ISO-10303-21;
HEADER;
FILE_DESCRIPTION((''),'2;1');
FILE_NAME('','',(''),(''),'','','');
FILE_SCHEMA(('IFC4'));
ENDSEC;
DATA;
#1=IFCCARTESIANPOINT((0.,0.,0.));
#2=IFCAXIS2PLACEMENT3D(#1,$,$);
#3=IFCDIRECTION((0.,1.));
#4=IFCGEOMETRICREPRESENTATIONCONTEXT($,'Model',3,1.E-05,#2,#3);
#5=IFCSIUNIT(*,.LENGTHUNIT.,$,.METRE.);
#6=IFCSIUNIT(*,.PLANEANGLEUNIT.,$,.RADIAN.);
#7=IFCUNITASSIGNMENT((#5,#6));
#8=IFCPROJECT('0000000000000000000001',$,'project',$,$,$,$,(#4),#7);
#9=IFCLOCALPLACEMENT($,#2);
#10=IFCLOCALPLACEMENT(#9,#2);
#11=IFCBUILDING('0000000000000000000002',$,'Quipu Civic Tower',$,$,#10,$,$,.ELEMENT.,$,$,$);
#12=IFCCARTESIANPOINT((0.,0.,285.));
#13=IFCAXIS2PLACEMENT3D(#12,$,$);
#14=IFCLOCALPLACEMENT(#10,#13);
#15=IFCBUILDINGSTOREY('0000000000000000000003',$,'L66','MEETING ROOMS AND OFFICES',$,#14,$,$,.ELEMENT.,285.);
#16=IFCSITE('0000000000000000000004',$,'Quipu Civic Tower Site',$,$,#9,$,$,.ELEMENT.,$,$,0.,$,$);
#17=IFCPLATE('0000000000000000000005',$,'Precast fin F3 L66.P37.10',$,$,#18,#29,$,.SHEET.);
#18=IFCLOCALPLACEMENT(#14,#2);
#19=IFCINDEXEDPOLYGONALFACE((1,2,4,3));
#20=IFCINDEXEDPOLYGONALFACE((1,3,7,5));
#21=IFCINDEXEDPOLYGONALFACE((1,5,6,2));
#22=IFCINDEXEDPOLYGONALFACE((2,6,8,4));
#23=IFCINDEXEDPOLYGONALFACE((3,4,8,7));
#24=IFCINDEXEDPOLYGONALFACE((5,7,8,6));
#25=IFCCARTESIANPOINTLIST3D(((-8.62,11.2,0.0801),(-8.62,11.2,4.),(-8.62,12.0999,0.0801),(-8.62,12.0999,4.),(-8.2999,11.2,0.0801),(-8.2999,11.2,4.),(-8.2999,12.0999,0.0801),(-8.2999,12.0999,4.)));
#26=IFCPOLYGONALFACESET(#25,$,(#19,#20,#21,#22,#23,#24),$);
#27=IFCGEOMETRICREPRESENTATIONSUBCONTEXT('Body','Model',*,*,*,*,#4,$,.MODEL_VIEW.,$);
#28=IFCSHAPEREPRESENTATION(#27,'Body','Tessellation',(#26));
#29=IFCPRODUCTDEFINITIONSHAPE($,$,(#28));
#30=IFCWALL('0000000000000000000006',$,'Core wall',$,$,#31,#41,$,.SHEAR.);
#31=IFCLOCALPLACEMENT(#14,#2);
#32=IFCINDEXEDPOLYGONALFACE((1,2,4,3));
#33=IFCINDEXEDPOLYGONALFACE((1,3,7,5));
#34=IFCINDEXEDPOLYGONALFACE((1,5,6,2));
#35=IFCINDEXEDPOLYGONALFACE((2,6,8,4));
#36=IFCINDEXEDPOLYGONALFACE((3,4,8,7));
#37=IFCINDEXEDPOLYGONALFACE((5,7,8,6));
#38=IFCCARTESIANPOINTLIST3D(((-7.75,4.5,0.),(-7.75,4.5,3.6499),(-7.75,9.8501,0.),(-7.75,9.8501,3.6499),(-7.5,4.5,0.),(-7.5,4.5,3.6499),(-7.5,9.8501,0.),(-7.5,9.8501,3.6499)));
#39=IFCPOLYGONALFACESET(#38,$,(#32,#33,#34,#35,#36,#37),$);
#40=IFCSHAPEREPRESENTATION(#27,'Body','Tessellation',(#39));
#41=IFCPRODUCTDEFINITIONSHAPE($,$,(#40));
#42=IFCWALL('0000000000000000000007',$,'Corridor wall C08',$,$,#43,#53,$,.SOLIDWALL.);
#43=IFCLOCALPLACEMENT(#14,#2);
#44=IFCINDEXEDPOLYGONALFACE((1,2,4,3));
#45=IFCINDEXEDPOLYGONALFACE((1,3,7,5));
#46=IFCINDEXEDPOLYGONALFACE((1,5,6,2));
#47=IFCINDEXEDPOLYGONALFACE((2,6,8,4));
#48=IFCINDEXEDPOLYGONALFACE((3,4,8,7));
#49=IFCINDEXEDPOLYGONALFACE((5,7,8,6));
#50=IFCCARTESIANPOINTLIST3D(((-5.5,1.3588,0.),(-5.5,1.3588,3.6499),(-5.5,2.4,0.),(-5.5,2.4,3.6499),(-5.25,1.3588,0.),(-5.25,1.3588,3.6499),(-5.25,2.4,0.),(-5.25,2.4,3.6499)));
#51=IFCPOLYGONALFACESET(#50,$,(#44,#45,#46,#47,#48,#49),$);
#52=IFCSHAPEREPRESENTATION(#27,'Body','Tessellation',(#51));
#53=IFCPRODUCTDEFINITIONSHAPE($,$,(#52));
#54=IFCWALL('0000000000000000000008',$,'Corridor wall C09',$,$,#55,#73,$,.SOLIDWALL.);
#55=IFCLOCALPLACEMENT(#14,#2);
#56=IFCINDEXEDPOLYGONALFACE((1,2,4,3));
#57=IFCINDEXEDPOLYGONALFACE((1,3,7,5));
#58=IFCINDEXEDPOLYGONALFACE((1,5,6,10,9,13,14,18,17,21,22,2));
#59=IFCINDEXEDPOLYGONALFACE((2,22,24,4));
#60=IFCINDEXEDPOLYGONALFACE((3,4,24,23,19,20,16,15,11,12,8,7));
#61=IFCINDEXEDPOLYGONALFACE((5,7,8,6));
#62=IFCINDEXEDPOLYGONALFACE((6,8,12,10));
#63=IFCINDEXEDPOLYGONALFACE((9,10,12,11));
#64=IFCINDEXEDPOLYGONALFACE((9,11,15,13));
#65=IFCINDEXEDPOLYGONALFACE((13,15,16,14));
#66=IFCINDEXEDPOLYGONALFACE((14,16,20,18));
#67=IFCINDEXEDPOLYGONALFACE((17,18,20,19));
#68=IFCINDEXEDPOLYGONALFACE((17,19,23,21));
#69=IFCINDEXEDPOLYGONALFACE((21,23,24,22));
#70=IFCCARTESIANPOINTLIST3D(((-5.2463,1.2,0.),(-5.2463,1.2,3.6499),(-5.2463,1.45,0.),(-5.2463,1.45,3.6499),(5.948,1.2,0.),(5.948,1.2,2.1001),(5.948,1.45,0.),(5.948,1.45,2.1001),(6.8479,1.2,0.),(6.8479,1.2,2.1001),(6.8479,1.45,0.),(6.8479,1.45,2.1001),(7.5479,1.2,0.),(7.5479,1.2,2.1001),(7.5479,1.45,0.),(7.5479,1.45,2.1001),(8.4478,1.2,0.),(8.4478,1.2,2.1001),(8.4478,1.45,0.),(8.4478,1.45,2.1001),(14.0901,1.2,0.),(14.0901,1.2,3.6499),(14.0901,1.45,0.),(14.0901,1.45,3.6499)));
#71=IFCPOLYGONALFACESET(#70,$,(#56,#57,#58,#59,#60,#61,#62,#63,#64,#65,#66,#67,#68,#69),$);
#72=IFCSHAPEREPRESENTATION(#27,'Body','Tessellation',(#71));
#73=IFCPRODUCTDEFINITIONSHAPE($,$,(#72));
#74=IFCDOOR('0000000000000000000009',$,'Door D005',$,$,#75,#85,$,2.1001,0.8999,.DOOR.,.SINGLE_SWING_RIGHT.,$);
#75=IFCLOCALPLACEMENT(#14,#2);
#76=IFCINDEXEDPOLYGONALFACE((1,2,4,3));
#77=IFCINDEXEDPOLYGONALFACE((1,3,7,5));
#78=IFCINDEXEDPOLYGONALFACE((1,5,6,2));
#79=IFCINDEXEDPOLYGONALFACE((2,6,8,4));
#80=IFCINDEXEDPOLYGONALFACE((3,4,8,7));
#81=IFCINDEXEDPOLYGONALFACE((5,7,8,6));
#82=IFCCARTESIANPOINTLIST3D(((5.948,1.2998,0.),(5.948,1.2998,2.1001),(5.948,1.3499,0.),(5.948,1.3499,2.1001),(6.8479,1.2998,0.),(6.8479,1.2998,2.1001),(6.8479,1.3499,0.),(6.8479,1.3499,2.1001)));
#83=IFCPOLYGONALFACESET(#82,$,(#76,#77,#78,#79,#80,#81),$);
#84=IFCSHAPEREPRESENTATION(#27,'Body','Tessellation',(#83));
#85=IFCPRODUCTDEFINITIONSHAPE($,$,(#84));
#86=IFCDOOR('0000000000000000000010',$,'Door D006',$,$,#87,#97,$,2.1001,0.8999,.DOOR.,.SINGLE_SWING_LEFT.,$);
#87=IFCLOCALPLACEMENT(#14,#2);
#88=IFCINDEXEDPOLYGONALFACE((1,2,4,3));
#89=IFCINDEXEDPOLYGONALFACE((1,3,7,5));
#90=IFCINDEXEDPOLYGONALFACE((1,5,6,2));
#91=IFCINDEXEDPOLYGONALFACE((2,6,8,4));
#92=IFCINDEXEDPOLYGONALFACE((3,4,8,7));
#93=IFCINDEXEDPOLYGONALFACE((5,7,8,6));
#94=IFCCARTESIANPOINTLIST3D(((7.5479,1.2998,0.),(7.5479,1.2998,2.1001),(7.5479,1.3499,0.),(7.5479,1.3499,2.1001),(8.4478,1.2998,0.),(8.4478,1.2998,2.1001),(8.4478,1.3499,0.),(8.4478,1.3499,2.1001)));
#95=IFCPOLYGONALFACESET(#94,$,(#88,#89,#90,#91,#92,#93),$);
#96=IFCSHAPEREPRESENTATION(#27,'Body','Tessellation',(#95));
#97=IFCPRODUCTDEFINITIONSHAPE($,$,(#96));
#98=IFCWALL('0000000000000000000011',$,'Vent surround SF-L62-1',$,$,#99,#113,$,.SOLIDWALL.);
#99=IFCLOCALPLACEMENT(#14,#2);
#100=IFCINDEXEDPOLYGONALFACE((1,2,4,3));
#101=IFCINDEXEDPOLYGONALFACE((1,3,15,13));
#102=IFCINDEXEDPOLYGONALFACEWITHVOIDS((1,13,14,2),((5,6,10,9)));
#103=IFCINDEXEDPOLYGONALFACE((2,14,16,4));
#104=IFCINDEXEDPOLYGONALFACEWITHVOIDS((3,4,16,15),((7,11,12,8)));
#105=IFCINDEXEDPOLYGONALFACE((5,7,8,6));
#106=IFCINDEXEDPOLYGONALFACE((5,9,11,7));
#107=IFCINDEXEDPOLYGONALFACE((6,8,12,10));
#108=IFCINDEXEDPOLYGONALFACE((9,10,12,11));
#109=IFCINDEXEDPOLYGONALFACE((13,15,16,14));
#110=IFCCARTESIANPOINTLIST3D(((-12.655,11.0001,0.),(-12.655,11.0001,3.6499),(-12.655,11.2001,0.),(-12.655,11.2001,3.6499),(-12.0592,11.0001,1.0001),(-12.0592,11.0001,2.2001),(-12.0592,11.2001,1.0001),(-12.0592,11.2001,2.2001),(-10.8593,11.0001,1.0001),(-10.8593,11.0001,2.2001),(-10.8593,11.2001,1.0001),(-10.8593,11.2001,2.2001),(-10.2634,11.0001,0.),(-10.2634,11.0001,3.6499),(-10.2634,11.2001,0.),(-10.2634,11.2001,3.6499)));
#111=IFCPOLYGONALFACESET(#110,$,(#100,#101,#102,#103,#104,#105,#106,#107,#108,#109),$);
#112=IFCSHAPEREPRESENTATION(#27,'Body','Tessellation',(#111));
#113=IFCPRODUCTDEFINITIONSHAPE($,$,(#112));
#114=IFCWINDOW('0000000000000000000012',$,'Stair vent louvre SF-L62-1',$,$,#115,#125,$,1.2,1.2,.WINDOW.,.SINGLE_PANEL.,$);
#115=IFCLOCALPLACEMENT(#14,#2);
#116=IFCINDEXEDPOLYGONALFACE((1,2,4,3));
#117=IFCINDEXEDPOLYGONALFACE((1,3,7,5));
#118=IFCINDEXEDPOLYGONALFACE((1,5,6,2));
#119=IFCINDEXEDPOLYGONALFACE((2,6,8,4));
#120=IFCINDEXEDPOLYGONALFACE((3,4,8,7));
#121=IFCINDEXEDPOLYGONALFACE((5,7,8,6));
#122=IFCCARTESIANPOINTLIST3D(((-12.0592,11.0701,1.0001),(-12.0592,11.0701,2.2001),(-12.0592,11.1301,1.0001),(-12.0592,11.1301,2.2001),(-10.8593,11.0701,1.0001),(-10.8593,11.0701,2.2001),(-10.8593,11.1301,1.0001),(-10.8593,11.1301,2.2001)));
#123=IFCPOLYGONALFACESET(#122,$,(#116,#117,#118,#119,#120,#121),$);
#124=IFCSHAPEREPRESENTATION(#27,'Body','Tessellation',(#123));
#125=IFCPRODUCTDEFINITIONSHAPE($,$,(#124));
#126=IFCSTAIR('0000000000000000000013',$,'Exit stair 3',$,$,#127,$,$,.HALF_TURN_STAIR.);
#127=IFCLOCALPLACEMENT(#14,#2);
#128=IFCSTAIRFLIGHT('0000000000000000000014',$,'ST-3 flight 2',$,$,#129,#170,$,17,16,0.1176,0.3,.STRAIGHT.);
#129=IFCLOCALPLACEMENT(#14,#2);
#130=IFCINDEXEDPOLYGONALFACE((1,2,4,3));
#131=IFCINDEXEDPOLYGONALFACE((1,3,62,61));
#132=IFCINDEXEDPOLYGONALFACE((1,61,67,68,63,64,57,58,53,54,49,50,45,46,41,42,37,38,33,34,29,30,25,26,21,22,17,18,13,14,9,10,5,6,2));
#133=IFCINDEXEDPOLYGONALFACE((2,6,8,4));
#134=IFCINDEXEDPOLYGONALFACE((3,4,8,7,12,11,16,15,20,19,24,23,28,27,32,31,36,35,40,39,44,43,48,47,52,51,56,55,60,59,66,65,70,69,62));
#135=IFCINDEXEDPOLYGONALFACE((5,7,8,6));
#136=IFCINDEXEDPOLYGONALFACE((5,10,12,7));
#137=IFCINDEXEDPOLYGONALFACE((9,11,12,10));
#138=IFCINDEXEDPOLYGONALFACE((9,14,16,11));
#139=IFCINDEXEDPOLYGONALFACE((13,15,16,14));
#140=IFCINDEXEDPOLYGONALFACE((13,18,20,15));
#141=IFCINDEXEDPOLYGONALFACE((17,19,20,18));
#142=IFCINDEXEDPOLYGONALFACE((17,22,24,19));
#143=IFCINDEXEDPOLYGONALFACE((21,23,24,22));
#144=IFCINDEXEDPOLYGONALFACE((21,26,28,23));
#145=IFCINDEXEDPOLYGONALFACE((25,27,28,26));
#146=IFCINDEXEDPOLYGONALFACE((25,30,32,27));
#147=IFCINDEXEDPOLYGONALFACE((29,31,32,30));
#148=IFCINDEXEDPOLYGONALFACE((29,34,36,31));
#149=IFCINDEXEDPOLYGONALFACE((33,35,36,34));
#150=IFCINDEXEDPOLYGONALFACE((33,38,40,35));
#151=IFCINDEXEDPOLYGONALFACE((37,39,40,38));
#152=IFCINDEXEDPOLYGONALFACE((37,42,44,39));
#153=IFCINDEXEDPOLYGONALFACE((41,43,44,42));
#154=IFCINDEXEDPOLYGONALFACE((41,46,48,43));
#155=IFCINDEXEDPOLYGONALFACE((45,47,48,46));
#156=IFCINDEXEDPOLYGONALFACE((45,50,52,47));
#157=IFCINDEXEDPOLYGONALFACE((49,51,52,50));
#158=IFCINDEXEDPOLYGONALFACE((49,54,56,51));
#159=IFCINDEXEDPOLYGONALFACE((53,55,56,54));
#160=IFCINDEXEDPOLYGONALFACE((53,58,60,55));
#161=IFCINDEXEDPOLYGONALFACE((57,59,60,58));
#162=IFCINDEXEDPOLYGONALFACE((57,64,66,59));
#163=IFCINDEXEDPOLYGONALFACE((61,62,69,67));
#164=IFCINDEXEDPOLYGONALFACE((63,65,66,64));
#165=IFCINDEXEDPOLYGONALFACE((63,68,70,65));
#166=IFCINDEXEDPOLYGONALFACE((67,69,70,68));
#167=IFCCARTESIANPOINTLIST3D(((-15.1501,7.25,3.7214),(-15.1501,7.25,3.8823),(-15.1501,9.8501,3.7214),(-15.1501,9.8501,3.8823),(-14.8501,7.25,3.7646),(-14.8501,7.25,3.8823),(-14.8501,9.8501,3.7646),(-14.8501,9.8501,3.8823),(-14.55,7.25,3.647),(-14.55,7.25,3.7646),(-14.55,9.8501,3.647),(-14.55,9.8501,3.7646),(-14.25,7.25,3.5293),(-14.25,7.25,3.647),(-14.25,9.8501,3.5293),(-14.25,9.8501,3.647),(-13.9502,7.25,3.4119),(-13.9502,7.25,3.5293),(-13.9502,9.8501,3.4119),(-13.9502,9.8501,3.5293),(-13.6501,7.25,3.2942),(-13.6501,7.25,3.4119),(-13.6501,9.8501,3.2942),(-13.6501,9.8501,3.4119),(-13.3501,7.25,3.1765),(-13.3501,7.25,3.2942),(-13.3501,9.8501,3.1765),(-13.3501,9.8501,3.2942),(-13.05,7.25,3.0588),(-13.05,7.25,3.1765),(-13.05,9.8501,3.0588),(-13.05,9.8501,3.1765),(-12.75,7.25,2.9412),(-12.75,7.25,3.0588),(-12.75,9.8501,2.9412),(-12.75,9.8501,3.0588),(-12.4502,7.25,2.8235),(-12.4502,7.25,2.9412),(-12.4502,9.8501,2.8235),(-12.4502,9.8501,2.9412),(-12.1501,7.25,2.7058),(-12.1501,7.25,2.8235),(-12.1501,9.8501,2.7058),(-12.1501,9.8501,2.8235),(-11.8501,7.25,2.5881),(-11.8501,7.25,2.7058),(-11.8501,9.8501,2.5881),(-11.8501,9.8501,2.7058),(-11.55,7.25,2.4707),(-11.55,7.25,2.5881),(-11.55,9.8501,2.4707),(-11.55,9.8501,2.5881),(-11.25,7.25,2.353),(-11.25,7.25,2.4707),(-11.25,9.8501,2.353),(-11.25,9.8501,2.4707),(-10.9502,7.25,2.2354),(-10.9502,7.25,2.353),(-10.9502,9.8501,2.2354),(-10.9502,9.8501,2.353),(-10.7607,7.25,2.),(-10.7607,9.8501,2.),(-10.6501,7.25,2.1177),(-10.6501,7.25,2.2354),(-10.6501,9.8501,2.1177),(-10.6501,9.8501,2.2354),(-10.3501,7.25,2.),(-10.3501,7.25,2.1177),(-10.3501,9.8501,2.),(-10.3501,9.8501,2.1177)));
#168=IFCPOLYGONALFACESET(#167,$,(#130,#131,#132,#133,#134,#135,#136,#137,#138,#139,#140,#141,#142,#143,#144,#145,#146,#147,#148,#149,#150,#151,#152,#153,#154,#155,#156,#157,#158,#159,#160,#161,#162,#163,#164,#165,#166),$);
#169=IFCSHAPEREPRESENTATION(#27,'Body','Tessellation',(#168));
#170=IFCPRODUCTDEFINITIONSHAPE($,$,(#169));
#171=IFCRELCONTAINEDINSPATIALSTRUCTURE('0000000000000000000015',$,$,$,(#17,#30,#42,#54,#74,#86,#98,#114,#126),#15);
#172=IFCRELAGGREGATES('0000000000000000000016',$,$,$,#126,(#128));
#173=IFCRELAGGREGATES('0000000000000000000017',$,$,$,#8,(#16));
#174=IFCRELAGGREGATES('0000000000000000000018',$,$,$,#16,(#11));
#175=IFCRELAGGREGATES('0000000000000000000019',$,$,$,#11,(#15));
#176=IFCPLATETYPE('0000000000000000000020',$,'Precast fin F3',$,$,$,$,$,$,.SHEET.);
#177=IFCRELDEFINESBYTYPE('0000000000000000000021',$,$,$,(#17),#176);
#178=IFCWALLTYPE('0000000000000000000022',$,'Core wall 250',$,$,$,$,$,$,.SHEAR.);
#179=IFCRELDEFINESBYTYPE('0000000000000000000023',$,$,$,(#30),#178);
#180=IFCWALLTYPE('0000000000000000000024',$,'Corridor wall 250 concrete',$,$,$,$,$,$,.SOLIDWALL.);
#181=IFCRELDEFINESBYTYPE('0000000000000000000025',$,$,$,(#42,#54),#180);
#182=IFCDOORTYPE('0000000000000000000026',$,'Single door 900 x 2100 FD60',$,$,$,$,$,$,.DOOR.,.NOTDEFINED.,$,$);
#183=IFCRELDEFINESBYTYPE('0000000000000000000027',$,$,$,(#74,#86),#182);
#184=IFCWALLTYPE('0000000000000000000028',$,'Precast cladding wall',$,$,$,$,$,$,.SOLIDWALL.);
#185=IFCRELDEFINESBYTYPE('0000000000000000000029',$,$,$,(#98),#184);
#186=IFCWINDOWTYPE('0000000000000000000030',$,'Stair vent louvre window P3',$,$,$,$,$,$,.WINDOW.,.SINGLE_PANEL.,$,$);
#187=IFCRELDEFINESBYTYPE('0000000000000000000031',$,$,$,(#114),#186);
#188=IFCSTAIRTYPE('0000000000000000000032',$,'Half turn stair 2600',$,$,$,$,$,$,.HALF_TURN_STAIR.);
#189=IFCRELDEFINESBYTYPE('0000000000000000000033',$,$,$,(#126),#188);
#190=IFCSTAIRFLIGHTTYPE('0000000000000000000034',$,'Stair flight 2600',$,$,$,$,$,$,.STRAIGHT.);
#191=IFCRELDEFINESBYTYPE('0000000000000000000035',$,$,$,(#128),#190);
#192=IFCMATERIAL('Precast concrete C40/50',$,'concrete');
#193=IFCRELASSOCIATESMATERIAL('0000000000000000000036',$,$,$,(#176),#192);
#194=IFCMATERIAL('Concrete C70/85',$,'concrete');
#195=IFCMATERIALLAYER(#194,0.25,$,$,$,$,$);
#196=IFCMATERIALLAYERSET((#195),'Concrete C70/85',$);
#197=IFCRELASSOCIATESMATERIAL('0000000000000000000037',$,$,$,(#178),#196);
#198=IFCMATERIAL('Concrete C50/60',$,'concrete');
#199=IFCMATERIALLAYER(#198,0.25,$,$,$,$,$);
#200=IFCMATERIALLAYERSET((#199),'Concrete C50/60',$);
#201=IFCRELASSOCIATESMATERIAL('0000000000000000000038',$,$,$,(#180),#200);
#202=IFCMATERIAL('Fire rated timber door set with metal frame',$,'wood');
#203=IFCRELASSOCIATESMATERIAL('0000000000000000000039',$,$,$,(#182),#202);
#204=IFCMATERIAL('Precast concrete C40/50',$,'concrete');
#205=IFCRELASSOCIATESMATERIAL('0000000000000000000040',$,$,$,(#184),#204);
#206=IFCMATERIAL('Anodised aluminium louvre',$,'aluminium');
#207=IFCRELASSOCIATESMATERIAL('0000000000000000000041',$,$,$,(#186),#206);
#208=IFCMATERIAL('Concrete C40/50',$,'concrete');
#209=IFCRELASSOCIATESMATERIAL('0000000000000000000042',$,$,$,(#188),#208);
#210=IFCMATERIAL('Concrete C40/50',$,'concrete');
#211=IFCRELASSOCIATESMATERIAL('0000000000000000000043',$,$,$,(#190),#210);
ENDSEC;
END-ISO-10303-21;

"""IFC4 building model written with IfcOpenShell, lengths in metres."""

from ifc_helpers import new_model, si_unit, direction, frame, frame_2d, origin, origin_2d, place, context, subcontext, project, spatial, polyline, rectangle, outline, extrude, material, layer, layer_set, type_object, element, fill, aggregate, save


model = new_model("IFC4")

# Units and contexts
model_context = context("Model", 3, precision=1e-05, world=origin(), true_north=direction((0.0, 1.0)))
body_context = subcontext(model_context, "Body", "Model", "MODEL_VIEW")
ifc_project = project(units=[si_unit("LENGTHUNIT", "METRE"), si_unit("PLANEANGLEUNIT", "RADIAN")], contexts=[model_context])

# Site, building, storey
site_placement = place(None, origin())
site = spatial("IfcSite", under=ifc_project, at=site_placement, Name="Quipu Civic Tower Site", CompositionType="ELEMENT", RefElevation=0.0)
building_placement = place(site_placement, origin())
building = spatial("IfcBuilding", under=site, at=building_placement, Name="Quipu Civic Tower", CompositionType="ELEMENT")
storey_placement = place(building_placement, frame((0.0, 0.0, 285.0)))
storey = spatial("IfcBuildingStorey", under=building, at=storey_placement, Name="L66", Description="MEETING ROOMS AND OFFICES", CompositionType="ELEMENT", Elevation=285.0)

# Plate
ifc_material_1 = material(Name="Precast concrete C40/50", Category="concrete")
plate_type_1 = type_object("IfcPlateType", Name="Precast fin F3", PredefinedType="SHEET", material=ifc_material_1)
for number, where, z_axis, x_axis, name in (
    (1, (-8.46, 11.6499, 0.0801), (0.0, 0.0, 1.0), (-1.0, 0.0, 0.0), "Precast fin F3 L66.P37.10"),
):
    element("IfcPlate", number, at=place(storey_placement, frame(where, z_axis=z_axis, x_axis=x_axis)), inside=storey, type_object=plate_type_1, Name=name, PredefinedType="SHEET", context=body_context, shape_type="SweptSolid", body=[
        extrude(rectangle(XDim=0.3201, YDim=0.8999, at=origin_2d()), origin(), (0.0, 0.0, 1.0), 3.9199),
    ])

# Walls
ifc_material_2 = material(Name="Concrete C70/85", Category="concrete")
ifc_layer_1 = layer(ifc_material_2, 0.25)
ifc_layer_set_1 = layer_set([ifc_layer_1], Name="Concrete C70/85")
wall_type_1 = type_object("IfcWallType", Name="Core wall 250", PredefinedType="SHEAR", material=ifc_layer_set_1)
wall_1_placement = place(storey_placement, frame((-7.625, 4.5, 0.0), z_axis=(0.0, 0.0, 1.0), x_axis=(0.0, 1.0, 0.0)))
element("IfcWall", 2, at=wall_1_placement, inside=storey, type_object=wall_type_1, Name="Core wall", PredefinedType="SHEAR", context=body_context, shape_type="SweptSolid", body=[
    extrude(rectangle(XDim=5.3501, YDim=0.25, at=frame_2d((2.675, 0.0))), origin(), (0.0, 0.0, 1.0), 3.6499),
])
ifc_material_3 = material(Name="Concrete C50/60", Category="concrete")
ifc_layer_2 = layer(ifc_material_3, 0.25)
ifc_layer_set_2 = layer_set([ifc_layer_2], Name="Concrete C50/60")
wall_type_2 = type_object("IfcWallType", Name="Corridor wall 250 concrete", PredefinedType="SOLIDWALL", material=ifc_layer_set_2)
wall_2_placement = place(storey_placement, frame((-5.375, 2.3999, 0.0), z_axis=(0.0, 0.0, 1.0), x_axis=(0.0, -1.0, 0.0)))
element("IfcWall", 3, at=wall_2_placement, inside=storey, type_object=wall_type_2, Name="Corridor wall C08", PredefinedType="SOLIDWALL", context=body_context, shape_type="SweptSolid", body=[
    extrude(rectangle(XDim=1.0413, YDim=0.25, at=frame_2d((0.5205, 0.0))), origin(), (0.0, 0.0, 1.0), 3.6499),
])

# Wall, openings, doors
wall_3_placement = place(storey_placement, frame((-5.2463, 1.325, 0.0), z_axis=(0.0, 0.0, 1.0), x_axis=(1.0, 0.0, 0.0)))
wall_3 = element("IfcWall", 4, at=wall_3_placement, inside=storey, type_object=wall_type_2, Name="Corridor wall C09", PredefinedType="SOLIDWALL", context=body_context, shape_type="SweptSolid", body=[
    extrude(rectangle(XDim=19.3364, YDim=0.25, at=frame_2d((9.6682, 0.0))), origin(), (0.0, 0.0, 1.0), 3.6499),
])
opening_1_placement = place(wall_3_placement, frame((11.1943, 0.0, 0.0)))
opening_1 = element("IfcOpeningElement", 5, at=opening_1_placement, cuts=wall_3, PredefinedType="OPENING", context=body_context, shape_type="SweptSolid", body=[
    extrude(rectangle(XDim=0.8999, YDim=2.1001, at=frame_2d((0.45, 1.05))), frame((0.0, 0.135, 0.0), z_axis=(0.0, -1.0, 0.0), x_axis=(1.0, 0.0, 0.0)), (0.0, 0.0, 1.0), 0.27),
])
opening_2_placement = place(wall_3_placement, frame((12.7942, 0.0, 0.0)))
opening_2 = element("IfcOpeningElement", 6, at=opening_2_placement, cuts=wall_3, PredefinedType="OPENING", context=body_context, shape_type="SweptSolid", body=[
    extrude(rectangle(XDim=0.8999, YDim=2.1001, at=frame_2d((0.45, 1.05))), frame((0.0, 0.135, 0.0), z_axis=(0.0, -1.0, 0.0), x_axis=(1.0, 0.0, 0.0)), (0.0, 0.0, 1.0), 0.27),
])
ifc_material_4 = material(Name="Fire rated timber door set with metal frame", Category="wood")
door_type = type_object("IfcDoorType", Name="Single door 900 x 2100 FD60", OperationType="NOTDEFINED", PredefinedType="DOOR", material=ifc_material_4)
door_1_placement = place(opening_1_placement, origin())
door_1 = element("IfcDoor", 7, at=door_1_placement, inside=storey, type_object=door_type, Name="Door D005", OperationType="SINGLE_SWING_RIGHT", OverallHeight=2.1001, OverallWidth=0.8999, PredefinedType="DOOR", context=body_context, shape_type="SweptSolid", body=[
    extrude(rectangle(XDim=0.8999, YDim=2.1001, at=frame_2d((0.45, 1.05))), frame((0.0, 0.0249, 0.0), z_axis=(0.0, -1.0, 0.0), x_axis=(1.0, 0.0, 0.0)), (0.0, 0.0, 1.0), 0.05),
])
fill(opening_1, door_1)
door_2_placement = place(opening_2_placement, origin())
door_2 = element("IfcDoor", 8, at=door_2_placement, inside=storey, type_object=door_type, Name="Door D006", OperationType="SINGLE_SWING_LEFT", OverallHeight=2.1001, OverallWidth=0.8999, PredefinedType="DOOR", context=body_context, shape_type="SweptSolid", body=[
    extrude(rectangle(XDim=0.8999, YDim=2.1001, at=frame_2d((0.45, 1.05))), frame((0.0, 0.0249, 0.0), z_axis=(0.0, -1.0, 0.0), x_axis=(1.0, 0.0, 0.0)), (0.0, 0.0, 1.0), 0.05),
])
fill(opening_2, door_2)

# Wall, opening, window
ifc_material_5 = material(Name="Precast concrete C40/50", Category="concrete")
wall_type_3 = type_object("IfcWallType", Name="Precast cladding wall", PredefinedType="SOLIDWALL", material=ifc_material_5)
wall_4_placement = place(storey_placement, frame((-10.2634, 11.1001, 0.0), z_axis=(0.0, 0.0, 1.0), x_axis=(-1.0, 0.0, 0.0)))
wall_4 = element("IfcWall", 9, at=wall_4_placement, inside=storey, type_object=wall_type_3, Name="Vent surround SF-L62-1", PredefinedType="SOLIDWALL", context=body_context, shape_type="SweptSolid", body=[
    extrude(rectangle(XDim=2.3916, YDim=0.2, at=frame_2d((1.1958, 0.0))), origin(), (0.0, 0.0, 1.0), 3.6499),
])
opening_3_placement = place(wall_4_placement, frame((0.5957, 0.0, 1.0)))
opening_3 = element("IfcOpeningElement", 10, at=opening_3_placement, cuts=wall_4, PredefinedType="OPENING", context=body_context, shape_type="SweptSolid", body=[
    extrude(rectangle(XDim=1.2, YDim=1.2, at=frame_2d((0.6001, 0.6001))), frame((0.0, 0.1099, 0.0), z_axis=(0.0, -1.0, 0.0), x_axis=(1.0, 0.0, 0.0)), (0.0, 0.0, 1.0), 0.22),
])
ifc_material_6 = material(Name="Anodised aluminium louvre", Category="aluminium")
window_type = type_object("IfcWindowType", Name="Stair vent louvre window P3", PartitioningType="SINGLE_PANEL", PredefinedType="WINDOW", material=ifc_material_6)
window_placement = place(opening_3_placement, origin())
window = element("IfcWindow", 11, at=window_placement, inside=storey, type_object=window_type, Name="Stair vent louvre SF-L62-1", OverallHeight=1.2, OverallWidth=1.2, PartitioningType="SINGLE_PANEL", PredefinedType="WINDOW", context=body_context, shape_type="SweptSolid", body=[
    extrude(rectangle(XDim=1.2, YDim=1.2, at=frame_2d((0.6001, 0.6001))), frame((0.0, 0.03, 0.0), z_axis=(0.0, -1.0, 0.0), x_axis=(1.0, 0.0, 0.0)), (0.0, 0.0, 1.0), 0.0601),
])
fill(opening_3, window)

# Stair, stair flight
ifc_material_7 = material(Name="Concrete C40/50", Category="concrete")
stair_type = type_object("IfcStairType", Name="Half turn stair 2600", PredefinedType="HALF_TURN_STAIR", material=ifc_material_7)
stair_placement = place(storey_placement, origin())
stair = element("IfcStair", 12, at=stair_placement, inside=storey, type_object=stair_type, Name="Exit stair 3", PredefinedType="HALF_TURN_STAIR")
ifc_material_8 = material(Name="Concrete C40/50", Category="concrete")
stair_flight_type = type_object("IfcStairFlightType", Name="Stair flight 2600", PredefinedType="STRAIGHT", material=ifc_material_8)
stair_flight_placement = place(storey_placement, frame((-10.3501, 8.55, 2.0), z_axis=(0.0, 0.0, 1.0), x_axis=(-1.0, 0.0, 0.0)))
stair_flight = element("IfcStairFlight", 13, at=stair_flight_placement, type_object=stair_flight_type, Name="ST-3 flight 2", NumberOfRisers=17, NumberOfTreads=16, PredefinedType="STRAIGHT", RiserHeight=0.1176, TreadLength=0.3, context=body_context, shape_type="SweptSolid", body=[
    extrude(outline(polyline([(0.0, 0.0), (0.0, 0.1177), (0.3, 0.1177), (0.3, 0.2354), (0.6001, 0.2354), (0.6001, 0.353), (0.8999, 0.353), (0.8999, 0.4707), (1.2, 0.4707), (1.2, 0.5881), (1.5, 0.5881), (1.5, 0.7058), (1.8, 0.7058), (1.8, 0.8235), (2.1001, 0.8235), (2.1001, 0.9412), (2.3999, 0.9412), (2.3999, 1.0588), (2.7, 1.0588), (2.7, 1.1765), (3.0, 1.1765), (3.0, 1.2942), (3.3, 1.2942), (3.3, 1.4119), (3.6001, 1.4119), (3.6001, 1.5293), (3.8999, 1.5293), (3.8999, 1.647), (4.2, 1.647), (4.2, 1.7646), (4.5, 1.7646), (4.5, 1.8823), (4.8, 1.8823), (4.8, 2.0), (4.8, 1.7214), (0.4106, 0.0), (0.0, 0.0)])), frame((0.0, 1.3, 0.0), z_axis=(0.0, -1.0, 0.0), x_axis=(1.0, 0.0, 0.0)), (0.0, 0.0, 1.0), 2.6001),
])
aggregate(stair, [stair_flight])

save(model, "model.ifc")
